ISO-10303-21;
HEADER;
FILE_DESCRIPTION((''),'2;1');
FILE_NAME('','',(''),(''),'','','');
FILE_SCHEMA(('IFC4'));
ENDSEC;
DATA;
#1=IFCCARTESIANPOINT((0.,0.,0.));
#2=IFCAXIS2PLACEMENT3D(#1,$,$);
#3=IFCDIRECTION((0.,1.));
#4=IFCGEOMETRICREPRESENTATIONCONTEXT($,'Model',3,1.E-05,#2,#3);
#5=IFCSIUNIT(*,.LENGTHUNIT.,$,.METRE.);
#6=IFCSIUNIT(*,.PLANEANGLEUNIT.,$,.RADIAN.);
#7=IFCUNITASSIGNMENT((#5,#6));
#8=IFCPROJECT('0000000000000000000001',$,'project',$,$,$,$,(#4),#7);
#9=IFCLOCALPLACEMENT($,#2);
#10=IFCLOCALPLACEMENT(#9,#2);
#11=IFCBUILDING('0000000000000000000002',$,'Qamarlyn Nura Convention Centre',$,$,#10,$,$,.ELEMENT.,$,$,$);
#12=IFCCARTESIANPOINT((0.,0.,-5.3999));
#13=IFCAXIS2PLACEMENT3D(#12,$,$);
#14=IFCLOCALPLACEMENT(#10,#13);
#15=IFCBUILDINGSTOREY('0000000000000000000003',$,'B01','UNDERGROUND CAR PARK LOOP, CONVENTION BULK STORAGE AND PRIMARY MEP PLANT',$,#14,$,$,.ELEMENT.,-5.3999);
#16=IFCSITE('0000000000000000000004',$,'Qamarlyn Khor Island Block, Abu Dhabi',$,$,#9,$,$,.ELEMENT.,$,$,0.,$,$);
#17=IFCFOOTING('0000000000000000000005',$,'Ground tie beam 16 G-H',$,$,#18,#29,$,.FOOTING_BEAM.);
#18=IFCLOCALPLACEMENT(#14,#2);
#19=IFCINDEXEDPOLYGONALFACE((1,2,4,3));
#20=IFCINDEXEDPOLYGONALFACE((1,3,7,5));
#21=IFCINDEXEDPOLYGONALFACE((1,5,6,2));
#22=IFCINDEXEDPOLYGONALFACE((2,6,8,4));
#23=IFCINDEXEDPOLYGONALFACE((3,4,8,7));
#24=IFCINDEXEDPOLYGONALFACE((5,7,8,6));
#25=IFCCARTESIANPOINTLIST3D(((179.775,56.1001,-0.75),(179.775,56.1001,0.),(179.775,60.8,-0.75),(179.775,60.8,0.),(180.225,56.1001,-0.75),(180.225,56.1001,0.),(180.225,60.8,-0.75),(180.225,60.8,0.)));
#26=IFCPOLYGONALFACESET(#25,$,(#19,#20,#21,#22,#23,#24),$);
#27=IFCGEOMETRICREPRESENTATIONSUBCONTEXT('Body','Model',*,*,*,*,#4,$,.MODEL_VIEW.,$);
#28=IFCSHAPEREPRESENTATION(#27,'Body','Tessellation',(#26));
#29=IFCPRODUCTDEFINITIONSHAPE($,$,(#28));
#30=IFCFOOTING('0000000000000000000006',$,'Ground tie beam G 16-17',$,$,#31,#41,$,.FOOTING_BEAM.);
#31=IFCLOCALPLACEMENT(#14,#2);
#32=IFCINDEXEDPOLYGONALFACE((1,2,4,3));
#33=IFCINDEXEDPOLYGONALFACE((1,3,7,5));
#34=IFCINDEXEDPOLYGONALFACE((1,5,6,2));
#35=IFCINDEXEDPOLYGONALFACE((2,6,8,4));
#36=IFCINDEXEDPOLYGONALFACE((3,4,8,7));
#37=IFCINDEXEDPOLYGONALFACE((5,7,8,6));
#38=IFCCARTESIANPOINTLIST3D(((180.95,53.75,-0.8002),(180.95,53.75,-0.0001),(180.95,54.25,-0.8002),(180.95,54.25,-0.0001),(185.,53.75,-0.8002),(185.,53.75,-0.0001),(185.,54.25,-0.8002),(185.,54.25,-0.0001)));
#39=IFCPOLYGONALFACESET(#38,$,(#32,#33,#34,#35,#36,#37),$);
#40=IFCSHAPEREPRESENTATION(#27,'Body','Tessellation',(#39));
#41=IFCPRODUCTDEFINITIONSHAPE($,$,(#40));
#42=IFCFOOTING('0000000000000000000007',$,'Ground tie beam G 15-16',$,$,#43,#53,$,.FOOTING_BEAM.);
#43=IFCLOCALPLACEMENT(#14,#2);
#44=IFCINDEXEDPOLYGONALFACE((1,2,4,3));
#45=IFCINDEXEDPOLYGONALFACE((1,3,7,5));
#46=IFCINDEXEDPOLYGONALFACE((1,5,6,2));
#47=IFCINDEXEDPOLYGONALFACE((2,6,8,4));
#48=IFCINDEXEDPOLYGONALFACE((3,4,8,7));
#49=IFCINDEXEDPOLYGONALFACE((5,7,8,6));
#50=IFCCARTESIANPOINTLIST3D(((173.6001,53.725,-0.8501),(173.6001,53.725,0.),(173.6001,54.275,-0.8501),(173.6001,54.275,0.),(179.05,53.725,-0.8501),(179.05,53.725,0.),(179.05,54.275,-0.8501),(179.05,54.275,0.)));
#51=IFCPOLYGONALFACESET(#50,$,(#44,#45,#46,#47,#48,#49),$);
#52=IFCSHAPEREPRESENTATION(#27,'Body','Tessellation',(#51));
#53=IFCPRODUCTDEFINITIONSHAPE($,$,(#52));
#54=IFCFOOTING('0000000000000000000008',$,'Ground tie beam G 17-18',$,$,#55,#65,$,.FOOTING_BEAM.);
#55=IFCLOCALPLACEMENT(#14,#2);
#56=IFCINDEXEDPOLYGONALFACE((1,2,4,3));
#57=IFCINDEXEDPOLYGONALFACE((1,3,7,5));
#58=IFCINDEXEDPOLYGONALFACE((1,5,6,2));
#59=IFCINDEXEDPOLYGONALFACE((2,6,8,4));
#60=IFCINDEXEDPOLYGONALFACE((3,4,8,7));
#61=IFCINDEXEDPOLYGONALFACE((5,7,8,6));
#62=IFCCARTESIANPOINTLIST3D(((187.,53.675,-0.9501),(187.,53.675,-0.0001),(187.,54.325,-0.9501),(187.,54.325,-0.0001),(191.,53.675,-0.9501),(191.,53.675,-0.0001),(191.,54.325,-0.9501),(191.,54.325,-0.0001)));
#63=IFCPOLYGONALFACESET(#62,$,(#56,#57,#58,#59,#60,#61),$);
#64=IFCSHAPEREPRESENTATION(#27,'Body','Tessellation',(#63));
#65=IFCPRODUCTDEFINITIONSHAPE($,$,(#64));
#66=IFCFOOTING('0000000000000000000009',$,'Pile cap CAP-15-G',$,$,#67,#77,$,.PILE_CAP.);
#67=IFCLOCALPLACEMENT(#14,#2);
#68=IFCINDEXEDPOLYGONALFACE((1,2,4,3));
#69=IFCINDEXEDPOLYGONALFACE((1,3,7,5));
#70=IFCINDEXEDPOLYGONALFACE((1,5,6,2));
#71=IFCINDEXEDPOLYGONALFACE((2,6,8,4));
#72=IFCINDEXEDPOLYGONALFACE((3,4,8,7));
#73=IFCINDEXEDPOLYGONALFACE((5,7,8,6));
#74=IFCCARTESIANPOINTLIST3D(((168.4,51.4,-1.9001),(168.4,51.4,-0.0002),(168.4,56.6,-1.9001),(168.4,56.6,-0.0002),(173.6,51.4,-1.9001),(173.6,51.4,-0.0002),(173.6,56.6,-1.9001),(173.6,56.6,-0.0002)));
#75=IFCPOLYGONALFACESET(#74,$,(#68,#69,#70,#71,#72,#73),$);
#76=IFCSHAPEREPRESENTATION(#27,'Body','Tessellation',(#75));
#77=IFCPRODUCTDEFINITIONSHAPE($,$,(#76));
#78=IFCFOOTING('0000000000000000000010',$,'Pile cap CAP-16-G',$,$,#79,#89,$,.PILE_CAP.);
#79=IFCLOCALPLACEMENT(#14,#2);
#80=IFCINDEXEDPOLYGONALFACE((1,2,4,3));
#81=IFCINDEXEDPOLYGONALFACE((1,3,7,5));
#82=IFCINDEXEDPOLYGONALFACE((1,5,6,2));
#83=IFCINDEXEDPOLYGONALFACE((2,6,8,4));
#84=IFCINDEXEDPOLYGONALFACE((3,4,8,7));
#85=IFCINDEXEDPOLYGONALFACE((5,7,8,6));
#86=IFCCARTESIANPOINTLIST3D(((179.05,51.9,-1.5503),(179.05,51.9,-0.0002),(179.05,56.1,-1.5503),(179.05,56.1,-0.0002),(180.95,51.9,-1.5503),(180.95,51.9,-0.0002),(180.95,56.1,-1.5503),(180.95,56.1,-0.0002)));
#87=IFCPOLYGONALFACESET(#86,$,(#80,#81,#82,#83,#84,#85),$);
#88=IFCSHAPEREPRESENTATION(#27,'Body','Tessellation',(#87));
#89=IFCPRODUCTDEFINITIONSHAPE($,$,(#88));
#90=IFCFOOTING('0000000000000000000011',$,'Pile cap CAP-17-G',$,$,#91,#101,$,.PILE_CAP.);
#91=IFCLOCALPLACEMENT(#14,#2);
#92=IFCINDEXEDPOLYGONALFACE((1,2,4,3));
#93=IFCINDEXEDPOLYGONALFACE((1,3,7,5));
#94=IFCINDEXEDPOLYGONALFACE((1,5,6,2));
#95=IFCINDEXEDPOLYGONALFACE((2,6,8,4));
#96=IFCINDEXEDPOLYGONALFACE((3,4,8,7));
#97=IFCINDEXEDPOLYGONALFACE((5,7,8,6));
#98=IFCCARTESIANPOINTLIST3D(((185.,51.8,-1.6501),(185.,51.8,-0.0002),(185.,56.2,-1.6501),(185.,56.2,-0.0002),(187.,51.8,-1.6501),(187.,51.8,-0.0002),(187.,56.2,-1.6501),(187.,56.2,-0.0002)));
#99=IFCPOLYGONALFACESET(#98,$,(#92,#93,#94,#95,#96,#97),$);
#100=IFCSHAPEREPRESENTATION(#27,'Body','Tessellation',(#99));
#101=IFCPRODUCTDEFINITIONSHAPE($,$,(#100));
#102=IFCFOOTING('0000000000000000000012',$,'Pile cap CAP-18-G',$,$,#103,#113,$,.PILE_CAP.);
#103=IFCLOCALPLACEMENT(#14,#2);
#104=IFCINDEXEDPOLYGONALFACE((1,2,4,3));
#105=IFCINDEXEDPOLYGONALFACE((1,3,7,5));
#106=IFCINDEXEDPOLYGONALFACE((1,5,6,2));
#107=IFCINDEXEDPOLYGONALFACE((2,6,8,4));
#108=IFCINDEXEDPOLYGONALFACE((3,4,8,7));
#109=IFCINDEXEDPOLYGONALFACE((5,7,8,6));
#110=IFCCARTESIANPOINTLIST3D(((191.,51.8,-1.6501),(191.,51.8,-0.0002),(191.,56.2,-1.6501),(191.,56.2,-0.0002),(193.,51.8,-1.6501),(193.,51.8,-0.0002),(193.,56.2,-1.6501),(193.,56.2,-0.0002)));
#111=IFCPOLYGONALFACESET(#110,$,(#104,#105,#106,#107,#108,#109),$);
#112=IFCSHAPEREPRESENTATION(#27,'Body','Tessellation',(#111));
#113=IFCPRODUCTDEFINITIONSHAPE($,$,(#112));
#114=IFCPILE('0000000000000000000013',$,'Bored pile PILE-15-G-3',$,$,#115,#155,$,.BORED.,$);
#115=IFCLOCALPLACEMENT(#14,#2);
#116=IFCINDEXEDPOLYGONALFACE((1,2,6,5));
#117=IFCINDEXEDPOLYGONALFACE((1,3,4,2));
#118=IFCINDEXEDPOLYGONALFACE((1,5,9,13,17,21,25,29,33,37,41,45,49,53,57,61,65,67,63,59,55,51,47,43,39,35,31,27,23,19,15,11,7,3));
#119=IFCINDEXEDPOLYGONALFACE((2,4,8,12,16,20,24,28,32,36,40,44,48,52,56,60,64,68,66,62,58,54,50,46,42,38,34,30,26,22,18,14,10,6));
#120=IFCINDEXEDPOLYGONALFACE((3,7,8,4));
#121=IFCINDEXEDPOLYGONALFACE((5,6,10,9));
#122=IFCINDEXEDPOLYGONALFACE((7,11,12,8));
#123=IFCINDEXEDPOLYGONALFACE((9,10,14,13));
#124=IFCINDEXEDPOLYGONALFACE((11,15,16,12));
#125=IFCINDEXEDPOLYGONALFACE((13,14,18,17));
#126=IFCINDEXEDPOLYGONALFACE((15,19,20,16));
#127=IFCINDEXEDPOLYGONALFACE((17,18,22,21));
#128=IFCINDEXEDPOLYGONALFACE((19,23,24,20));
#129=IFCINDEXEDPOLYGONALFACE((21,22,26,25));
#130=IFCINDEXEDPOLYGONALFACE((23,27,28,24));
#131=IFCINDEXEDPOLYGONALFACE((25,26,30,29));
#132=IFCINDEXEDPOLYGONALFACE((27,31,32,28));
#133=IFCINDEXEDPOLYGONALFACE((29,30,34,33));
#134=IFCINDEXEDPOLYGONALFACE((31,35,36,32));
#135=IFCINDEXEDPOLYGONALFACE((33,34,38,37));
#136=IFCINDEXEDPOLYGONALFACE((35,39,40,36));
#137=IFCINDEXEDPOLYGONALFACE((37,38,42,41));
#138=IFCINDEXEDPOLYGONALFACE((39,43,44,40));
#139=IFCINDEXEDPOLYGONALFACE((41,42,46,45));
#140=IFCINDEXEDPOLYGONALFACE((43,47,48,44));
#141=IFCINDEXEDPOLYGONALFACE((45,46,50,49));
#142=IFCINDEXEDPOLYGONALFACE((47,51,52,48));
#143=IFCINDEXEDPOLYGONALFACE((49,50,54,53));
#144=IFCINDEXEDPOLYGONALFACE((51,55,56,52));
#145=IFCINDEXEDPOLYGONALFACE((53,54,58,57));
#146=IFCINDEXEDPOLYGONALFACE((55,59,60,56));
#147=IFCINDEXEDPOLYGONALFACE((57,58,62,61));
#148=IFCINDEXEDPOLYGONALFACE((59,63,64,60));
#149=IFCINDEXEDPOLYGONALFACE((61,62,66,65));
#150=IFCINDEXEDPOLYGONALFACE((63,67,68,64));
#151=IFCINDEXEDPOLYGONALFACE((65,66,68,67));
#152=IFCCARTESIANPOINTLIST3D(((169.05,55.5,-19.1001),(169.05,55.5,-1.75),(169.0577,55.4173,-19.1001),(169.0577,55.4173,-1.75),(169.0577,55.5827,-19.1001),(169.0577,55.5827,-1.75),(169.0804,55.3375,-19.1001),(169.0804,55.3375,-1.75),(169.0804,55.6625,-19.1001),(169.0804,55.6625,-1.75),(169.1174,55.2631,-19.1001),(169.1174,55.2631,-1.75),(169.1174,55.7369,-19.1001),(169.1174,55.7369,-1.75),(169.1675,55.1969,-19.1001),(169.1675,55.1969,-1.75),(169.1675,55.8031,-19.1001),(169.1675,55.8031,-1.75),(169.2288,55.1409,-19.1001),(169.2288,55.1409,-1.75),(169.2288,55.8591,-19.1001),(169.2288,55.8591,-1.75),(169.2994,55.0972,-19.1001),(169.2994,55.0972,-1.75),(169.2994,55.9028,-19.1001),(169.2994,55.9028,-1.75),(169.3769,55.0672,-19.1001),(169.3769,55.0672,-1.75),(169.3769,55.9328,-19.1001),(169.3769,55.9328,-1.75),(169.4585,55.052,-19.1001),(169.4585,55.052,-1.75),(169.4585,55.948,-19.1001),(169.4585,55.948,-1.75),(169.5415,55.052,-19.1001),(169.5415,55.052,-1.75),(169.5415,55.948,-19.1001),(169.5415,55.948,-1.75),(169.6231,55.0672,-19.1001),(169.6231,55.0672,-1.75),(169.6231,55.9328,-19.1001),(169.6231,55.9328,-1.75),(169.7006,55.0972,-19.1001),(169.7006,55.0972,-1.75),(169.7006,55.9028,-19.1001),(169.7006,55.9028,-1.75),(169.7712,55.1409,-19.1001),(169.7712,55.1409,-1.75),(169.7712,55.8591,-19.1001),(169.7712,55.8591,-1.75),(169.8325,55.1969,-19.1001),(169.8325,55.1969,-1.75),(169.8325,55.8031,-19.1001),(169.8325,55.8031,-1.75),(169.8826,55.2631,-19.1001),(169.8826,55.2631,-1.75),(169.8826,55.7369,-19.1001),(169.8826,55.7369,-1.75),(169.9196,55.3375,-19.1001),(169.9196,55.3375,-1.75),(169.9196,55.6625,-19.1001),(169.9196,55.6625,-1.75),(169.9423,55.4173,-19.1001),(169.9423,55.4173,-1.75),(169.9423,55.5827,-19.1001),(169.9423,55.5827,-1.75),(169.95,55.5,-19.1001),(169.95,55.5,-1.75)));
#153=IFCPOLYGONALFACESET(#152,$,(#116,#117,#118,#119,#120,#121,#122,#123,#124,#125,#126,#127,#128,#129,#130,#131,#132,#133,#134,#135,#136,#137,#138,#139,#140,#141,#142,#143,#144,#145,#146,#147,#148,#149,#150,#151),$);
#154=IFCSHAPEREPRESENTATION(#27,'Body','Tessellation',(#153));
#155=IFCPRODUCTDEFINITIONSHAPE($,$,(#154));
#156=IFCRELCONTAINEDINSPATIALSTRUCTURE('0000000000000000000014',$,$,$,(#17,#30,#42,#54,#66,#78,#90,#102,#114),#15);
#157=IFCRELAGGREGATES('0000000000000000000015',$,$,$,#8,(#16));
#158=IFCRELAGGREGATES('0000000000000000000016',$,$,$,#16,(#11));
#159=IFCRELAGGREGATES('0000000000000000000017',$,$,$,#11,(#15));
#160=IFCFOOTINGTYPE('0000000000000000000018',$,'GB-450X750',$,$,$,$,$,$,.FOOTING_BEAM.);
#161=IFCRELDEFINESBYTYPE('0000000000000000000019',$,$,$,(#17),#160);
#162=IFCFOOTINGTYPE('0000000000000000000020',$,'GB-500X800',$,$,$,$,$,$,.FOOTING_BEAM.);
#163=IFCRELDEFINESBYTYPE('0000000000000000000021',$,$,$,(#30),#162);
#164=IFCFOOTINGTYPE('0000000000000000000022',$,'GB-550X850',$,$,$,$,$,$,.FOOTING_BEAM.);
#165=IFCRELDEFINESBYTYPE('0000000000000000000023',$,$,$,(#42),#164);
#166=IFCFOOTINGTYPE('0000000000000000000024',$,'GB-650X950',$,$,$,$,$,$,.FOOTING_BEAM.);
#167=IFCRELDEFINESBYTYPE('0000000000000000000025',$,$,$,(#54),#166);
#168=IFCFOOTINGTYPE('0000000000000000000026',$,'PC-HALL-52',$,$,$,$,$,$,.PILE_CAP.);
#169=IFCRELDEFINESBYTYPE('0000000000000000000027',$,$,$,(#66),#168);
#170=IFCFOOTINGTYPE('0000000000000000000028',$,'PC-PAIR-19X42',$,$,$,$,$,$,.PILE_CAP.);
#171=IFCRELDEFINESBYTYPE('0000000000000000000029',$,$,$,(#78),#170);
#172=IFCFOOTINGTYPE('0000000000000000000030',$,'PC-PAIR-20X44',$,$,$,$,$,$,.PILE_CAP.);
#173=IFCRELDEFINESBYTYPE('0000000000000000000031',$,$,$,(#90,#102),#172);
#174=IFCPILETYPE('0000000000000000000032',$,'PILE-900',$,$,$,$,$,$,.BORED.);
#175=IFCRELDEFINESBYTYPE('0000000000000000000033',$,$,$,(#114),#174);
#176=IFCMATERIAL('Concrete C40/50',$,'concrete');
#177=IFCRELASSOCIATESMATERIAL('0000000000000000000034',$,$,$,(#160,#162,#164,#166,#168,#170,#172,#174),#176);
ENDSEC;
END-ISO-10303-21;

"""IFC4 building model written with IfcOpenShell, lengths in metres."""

from ifc_helpers import new_model, si_unit, direction, frame, origin, origin_2d, place, context, subcontext, project, spatial, rectangle, circle, extrude, material, material_profile, profile_set, type_object, element, save


model = new_model("IFC4")

# Units and contexts
model_context = context("Model", 3, precision=1e-05, world=origin(), true_north=direction((0.0, 1.0)))
body_context = subcontext(model_context, "Body", "Model", "MODEL_VIEW")
ifc_project = project(units=[si_unit("LENGTHUNIT", "METRE"), si_unit("PLANEANGLEUNIT", "RADIAN")], contexts=[model_context])

# Site, building, storey
site_placement = place(None, origin())
site = spatial("IfcSite", under=ifc_project, at=site_placement, Name="Qamarlyn Khor Island Block, Abu Dhabi", CompositionType="ELEMENT", RefElevation=0.0)
building_placement = place(site_placement, origin())
building = spatial("IfcBuilding", under=site, at=building_placement, Name="Qamarlyn Nura Convention Centre", CompositionType="ELEMENT")
storey_placement = place(building_placement, frame((0.0, 0.0, -5.3999)))
storey = spatial("IfcBuildingStorey", under=building, at=storey_placement, Name="B01", Description="UNDERGROUND CAR PARK LOOP, CONVENTION BULK STORAGE AND PRIMARY MEP PLANT", CompositionType="ELEMENT", Elevation=-5.3999)

# Footings
ifc_material_1 = material(Name="Concrete C40/50", Category="concrete")
ifc_material_profile_1 = material_profile(ifc_material_1, rectangle(XDim=0.45, YDim=0.75, at=origin_2d()), Name="RC GB 450x750")
ifc_profile_set_1 = profile_set([ifc_material_profile_1], Name="Concrete C40/50")
footing_type_1 = type_object("IfcFootingType", Name="GB-450X750", PredefinedType="FOOTING_BEAM", material=ifc_profile_set_1)
footing_1_placement = place(storey_placement, frame((180.0, 56.1001, -0.375), z_axis=(0.0, 1.0, 0.0), x_axis=(-1.0, 0.0, 0.0)))
element("IfcFooting", 1, at=footing_1_placement, inside=storey, type_object=footing_type_1, Name="Ground tie beam 16 G-H", PredefinedType="FOOTING_BEAM", context=body_context, shape_type="SweptSolid", body=[
    extrude(rectangle(XDim=0.45, YDim=0.75, at=origin_2d()), origin(), (0.0, 0.0, 1.0), 4.7),
])
ifc_material_profile_2 = material_profile(ifc_material_1, rectangle(XDim=0.5, YDim=0.8, at=origin_2d()), Name="RC GB 500x800")
ifc_profile_set_2 = profile_set([ifc_material_profile_2], Name="Concrete C40/50")
footing_type_2 = type_object("IfcFootingType", Name="GB-500X800", PredefinedType="FOOTING_BEAM", material=ifc_profile_set_2)
footing_2_placement = place(storey_placement, frame((180.95, 54.0, -0.4001), z_axis=(1.0, 0.0, 0.0), x_axis=(0.0, 1.0, 0.0)))
element("IfcFooting", 2, at=footing_2_placement, inside=storey, type_object=footing_type_2, Name="Ground tie beam G 16-17", PredefinedType="FOOTING_BEAM", context=body_context, shape_type="SweptSolid", body=[
    extrude(rectangle(XDim=0.5, YDim=0.8, at=origin_2d()), origin(), (0.0, 0.0, 1.0), 4.05),
])
ifc_material_profile_3 = material_profile(ifc_material_1, rectangle(XDim=0.55, YDim=0.8501, at=origin_2d()), Name="RC GB 550x850")
ifc_profile_set_3 = profile_set([ifc_material_profile_3], Name="Concrete C40/50")
footing_type_3 = type_object("IfcFootingType", Name="GB-550X850", PredefinedType="FOOTING_BEAM", material=ifc_profile_set_3)
footing_3_placement = place(storey_placement, frame((173.6001, 54.0, -0.425), z_axis=(1.0, 0.0, 0.0), x_axis=(0.0, 1.0, 0.0)))
element("IfcFooting", 3, at=footing_3_placement, inside=storey, type_object=footing_type_3, Name="Ground tie beam G 15-16", PredefinedType="FOOTING_BEAM", context=body_context, shape_type="SweptSolid", body=[
    extrude(rectangle(XDim=0.55, YDim=0.8501, at=origin_2d()), origin(), (0.0, 0.0, 1.0), 5.45),
])
ifc_material_profile_4 = material_profile(ifc_material_1, rectangle(XDim=0.6499, YDim=0.95, at=origin_2d()), Name="RC GB 650x950")
ifc_profile_set_4 = profile_set([ifc_material_profile_4], Name="Concrete C40/50")
footing_type_4 = type_object("IfcFootingType", Name="GB-650X950", PredefinedType="FOOTING_BEAM", material=ifc_profile_set_4)
footing_4_placement = place(storey_placement, frame((187.0, 54.0, -0.4751), z_axis=(1.0, 0.0, 0.0), x_axis=(0.0, 1.0, 0.0)))
element("IfcFooting", 4, at=footing_4_placement, inside=storey, type_object=footing_type_4, Name="Ground tie beam G 17-18", PredefinedType="FOOTING_BEAM", context=body_context, shape_type="SweptSolid", body=[
    extrude(rectangle(XDim=0.6499, YDim=0.95, at=origin_2d()), origin(), (0.0, 0.0, 1.0), 4.0),
])
footing_type_5 = type_object("IfcFootingType", Name="PC-HALL-52", PredefinedType="PILE_CAP", material=ifc_material_1)
footing_5_placement = place(storey_placement, frame((171.0, 54.0, -1.9001), z_axis=(0.0, 0.0, 1.0), x_axis=(1.0, 0.0, 0.0)))
element("IfcFooting", 5, at=footing_5_placement, inside=storey, type_object=footing_type_5, Name="Pile cap CAP-15-G", PredefinedType="PILE_CAP", context=body_context, shape_type="SweptSolid", body=[
    extrude(rectangle(XDim=5.2, YDim=5.2, at=origin_2d()), origin(), (0.0, 0.0, 1.0), 1.8999),
])
footing_type_6 = type_object("IfcFootingType", Name="PC-PAIR-19X42", PredefinedType="PILE_CAP", material=ifc_material_1)
footing_6_placement = place(storey_placement, frame((180.0, 54.0, -1.5503), z_axis=(0.0, 0.0, 1.0), x_axis=(1.0, 0.0, 0.0)))
element("IfcFooting", 6, at=footing_6_placement, inside=storey, type_object=footing_type_6, Name="Pile cap CAP-16-G", PredefinedType="PILE_CAP", context=body_context, shape_type="SweptSolid", body=[
    extrude(rectangle(XDim=1.8999, YDim=4.2, at=origin_2d()), origin(), (0.0, 0.0, 1.0), 1.55),
])
footing_type_7 = type_object("IfcFootingType", Name="PC-PAIR-20X44", PredefinedType="PILE_CAP", material=ifc_material_1)
for number, where, z_axis, x_axis, name in (
    (7, (186.0, 54.0, -1.6501), (0.0, 0.0, 1.0), (1.0, 0.0, 0.0), "Pile cap CAP-17-G"),
    (8, (192.0, 54.0, -1.6501), (0.0, 0.0, 1.0), (1.0, 0.0, 0.0), "Pile cap CAP-18-G"),
):
    element("IfcFooting", number, at=place(storey_placement, frame(where, z_axis=z_axis, x_axis=x_axis)), inside=storey, type_object=footing_type_7, Name=name, PredefinedType="PILE_CAP", context=body_context, shape_type="SweptSolid", body=[
        extrude(rectangle(XDim=2.0, YDim=4.3999, at=origin_2d()), origin(), (0.0, 0.0, 1.0), 1.6499),
    ])

# Pile
ifc_material_profile_5 = material_profile(ifc_material_1, circle(Radius=0.45, at=origin_2d()), Name="BORED PILE 900")
ifc_profile_set_5 = profile_set([ifc_material_profile_5], Name="Concrete C40/50")
pile_type = type_object("IfcPileType", Name="PILE-900", PredefinedType="BORED", material=ifc_profile_set_5)
for number, where, z_axis, x_axis, name in (
    (9, (169.5, 55.5, -1.75), (0.0, 0.0, -1.0), (1.0, 0.0, 0.0), "Bored pile PILE-15-G-3"),
):
    element("IfcPile", number, at=place(storey_placement, frame(where, z_axis=z_axis, x_axis=x_axis)), inside=storey, type_object=pile_type, Name=name, PredefinedType="BORED", context=body_context, shape_type="SweptSolid", body=[
        extrude(circle(Radius=0.45, at=origin_2d()), origin(), (0.0, 0.0, 1.0), 17.3501),
    ])

save(model, "model.ifc")
